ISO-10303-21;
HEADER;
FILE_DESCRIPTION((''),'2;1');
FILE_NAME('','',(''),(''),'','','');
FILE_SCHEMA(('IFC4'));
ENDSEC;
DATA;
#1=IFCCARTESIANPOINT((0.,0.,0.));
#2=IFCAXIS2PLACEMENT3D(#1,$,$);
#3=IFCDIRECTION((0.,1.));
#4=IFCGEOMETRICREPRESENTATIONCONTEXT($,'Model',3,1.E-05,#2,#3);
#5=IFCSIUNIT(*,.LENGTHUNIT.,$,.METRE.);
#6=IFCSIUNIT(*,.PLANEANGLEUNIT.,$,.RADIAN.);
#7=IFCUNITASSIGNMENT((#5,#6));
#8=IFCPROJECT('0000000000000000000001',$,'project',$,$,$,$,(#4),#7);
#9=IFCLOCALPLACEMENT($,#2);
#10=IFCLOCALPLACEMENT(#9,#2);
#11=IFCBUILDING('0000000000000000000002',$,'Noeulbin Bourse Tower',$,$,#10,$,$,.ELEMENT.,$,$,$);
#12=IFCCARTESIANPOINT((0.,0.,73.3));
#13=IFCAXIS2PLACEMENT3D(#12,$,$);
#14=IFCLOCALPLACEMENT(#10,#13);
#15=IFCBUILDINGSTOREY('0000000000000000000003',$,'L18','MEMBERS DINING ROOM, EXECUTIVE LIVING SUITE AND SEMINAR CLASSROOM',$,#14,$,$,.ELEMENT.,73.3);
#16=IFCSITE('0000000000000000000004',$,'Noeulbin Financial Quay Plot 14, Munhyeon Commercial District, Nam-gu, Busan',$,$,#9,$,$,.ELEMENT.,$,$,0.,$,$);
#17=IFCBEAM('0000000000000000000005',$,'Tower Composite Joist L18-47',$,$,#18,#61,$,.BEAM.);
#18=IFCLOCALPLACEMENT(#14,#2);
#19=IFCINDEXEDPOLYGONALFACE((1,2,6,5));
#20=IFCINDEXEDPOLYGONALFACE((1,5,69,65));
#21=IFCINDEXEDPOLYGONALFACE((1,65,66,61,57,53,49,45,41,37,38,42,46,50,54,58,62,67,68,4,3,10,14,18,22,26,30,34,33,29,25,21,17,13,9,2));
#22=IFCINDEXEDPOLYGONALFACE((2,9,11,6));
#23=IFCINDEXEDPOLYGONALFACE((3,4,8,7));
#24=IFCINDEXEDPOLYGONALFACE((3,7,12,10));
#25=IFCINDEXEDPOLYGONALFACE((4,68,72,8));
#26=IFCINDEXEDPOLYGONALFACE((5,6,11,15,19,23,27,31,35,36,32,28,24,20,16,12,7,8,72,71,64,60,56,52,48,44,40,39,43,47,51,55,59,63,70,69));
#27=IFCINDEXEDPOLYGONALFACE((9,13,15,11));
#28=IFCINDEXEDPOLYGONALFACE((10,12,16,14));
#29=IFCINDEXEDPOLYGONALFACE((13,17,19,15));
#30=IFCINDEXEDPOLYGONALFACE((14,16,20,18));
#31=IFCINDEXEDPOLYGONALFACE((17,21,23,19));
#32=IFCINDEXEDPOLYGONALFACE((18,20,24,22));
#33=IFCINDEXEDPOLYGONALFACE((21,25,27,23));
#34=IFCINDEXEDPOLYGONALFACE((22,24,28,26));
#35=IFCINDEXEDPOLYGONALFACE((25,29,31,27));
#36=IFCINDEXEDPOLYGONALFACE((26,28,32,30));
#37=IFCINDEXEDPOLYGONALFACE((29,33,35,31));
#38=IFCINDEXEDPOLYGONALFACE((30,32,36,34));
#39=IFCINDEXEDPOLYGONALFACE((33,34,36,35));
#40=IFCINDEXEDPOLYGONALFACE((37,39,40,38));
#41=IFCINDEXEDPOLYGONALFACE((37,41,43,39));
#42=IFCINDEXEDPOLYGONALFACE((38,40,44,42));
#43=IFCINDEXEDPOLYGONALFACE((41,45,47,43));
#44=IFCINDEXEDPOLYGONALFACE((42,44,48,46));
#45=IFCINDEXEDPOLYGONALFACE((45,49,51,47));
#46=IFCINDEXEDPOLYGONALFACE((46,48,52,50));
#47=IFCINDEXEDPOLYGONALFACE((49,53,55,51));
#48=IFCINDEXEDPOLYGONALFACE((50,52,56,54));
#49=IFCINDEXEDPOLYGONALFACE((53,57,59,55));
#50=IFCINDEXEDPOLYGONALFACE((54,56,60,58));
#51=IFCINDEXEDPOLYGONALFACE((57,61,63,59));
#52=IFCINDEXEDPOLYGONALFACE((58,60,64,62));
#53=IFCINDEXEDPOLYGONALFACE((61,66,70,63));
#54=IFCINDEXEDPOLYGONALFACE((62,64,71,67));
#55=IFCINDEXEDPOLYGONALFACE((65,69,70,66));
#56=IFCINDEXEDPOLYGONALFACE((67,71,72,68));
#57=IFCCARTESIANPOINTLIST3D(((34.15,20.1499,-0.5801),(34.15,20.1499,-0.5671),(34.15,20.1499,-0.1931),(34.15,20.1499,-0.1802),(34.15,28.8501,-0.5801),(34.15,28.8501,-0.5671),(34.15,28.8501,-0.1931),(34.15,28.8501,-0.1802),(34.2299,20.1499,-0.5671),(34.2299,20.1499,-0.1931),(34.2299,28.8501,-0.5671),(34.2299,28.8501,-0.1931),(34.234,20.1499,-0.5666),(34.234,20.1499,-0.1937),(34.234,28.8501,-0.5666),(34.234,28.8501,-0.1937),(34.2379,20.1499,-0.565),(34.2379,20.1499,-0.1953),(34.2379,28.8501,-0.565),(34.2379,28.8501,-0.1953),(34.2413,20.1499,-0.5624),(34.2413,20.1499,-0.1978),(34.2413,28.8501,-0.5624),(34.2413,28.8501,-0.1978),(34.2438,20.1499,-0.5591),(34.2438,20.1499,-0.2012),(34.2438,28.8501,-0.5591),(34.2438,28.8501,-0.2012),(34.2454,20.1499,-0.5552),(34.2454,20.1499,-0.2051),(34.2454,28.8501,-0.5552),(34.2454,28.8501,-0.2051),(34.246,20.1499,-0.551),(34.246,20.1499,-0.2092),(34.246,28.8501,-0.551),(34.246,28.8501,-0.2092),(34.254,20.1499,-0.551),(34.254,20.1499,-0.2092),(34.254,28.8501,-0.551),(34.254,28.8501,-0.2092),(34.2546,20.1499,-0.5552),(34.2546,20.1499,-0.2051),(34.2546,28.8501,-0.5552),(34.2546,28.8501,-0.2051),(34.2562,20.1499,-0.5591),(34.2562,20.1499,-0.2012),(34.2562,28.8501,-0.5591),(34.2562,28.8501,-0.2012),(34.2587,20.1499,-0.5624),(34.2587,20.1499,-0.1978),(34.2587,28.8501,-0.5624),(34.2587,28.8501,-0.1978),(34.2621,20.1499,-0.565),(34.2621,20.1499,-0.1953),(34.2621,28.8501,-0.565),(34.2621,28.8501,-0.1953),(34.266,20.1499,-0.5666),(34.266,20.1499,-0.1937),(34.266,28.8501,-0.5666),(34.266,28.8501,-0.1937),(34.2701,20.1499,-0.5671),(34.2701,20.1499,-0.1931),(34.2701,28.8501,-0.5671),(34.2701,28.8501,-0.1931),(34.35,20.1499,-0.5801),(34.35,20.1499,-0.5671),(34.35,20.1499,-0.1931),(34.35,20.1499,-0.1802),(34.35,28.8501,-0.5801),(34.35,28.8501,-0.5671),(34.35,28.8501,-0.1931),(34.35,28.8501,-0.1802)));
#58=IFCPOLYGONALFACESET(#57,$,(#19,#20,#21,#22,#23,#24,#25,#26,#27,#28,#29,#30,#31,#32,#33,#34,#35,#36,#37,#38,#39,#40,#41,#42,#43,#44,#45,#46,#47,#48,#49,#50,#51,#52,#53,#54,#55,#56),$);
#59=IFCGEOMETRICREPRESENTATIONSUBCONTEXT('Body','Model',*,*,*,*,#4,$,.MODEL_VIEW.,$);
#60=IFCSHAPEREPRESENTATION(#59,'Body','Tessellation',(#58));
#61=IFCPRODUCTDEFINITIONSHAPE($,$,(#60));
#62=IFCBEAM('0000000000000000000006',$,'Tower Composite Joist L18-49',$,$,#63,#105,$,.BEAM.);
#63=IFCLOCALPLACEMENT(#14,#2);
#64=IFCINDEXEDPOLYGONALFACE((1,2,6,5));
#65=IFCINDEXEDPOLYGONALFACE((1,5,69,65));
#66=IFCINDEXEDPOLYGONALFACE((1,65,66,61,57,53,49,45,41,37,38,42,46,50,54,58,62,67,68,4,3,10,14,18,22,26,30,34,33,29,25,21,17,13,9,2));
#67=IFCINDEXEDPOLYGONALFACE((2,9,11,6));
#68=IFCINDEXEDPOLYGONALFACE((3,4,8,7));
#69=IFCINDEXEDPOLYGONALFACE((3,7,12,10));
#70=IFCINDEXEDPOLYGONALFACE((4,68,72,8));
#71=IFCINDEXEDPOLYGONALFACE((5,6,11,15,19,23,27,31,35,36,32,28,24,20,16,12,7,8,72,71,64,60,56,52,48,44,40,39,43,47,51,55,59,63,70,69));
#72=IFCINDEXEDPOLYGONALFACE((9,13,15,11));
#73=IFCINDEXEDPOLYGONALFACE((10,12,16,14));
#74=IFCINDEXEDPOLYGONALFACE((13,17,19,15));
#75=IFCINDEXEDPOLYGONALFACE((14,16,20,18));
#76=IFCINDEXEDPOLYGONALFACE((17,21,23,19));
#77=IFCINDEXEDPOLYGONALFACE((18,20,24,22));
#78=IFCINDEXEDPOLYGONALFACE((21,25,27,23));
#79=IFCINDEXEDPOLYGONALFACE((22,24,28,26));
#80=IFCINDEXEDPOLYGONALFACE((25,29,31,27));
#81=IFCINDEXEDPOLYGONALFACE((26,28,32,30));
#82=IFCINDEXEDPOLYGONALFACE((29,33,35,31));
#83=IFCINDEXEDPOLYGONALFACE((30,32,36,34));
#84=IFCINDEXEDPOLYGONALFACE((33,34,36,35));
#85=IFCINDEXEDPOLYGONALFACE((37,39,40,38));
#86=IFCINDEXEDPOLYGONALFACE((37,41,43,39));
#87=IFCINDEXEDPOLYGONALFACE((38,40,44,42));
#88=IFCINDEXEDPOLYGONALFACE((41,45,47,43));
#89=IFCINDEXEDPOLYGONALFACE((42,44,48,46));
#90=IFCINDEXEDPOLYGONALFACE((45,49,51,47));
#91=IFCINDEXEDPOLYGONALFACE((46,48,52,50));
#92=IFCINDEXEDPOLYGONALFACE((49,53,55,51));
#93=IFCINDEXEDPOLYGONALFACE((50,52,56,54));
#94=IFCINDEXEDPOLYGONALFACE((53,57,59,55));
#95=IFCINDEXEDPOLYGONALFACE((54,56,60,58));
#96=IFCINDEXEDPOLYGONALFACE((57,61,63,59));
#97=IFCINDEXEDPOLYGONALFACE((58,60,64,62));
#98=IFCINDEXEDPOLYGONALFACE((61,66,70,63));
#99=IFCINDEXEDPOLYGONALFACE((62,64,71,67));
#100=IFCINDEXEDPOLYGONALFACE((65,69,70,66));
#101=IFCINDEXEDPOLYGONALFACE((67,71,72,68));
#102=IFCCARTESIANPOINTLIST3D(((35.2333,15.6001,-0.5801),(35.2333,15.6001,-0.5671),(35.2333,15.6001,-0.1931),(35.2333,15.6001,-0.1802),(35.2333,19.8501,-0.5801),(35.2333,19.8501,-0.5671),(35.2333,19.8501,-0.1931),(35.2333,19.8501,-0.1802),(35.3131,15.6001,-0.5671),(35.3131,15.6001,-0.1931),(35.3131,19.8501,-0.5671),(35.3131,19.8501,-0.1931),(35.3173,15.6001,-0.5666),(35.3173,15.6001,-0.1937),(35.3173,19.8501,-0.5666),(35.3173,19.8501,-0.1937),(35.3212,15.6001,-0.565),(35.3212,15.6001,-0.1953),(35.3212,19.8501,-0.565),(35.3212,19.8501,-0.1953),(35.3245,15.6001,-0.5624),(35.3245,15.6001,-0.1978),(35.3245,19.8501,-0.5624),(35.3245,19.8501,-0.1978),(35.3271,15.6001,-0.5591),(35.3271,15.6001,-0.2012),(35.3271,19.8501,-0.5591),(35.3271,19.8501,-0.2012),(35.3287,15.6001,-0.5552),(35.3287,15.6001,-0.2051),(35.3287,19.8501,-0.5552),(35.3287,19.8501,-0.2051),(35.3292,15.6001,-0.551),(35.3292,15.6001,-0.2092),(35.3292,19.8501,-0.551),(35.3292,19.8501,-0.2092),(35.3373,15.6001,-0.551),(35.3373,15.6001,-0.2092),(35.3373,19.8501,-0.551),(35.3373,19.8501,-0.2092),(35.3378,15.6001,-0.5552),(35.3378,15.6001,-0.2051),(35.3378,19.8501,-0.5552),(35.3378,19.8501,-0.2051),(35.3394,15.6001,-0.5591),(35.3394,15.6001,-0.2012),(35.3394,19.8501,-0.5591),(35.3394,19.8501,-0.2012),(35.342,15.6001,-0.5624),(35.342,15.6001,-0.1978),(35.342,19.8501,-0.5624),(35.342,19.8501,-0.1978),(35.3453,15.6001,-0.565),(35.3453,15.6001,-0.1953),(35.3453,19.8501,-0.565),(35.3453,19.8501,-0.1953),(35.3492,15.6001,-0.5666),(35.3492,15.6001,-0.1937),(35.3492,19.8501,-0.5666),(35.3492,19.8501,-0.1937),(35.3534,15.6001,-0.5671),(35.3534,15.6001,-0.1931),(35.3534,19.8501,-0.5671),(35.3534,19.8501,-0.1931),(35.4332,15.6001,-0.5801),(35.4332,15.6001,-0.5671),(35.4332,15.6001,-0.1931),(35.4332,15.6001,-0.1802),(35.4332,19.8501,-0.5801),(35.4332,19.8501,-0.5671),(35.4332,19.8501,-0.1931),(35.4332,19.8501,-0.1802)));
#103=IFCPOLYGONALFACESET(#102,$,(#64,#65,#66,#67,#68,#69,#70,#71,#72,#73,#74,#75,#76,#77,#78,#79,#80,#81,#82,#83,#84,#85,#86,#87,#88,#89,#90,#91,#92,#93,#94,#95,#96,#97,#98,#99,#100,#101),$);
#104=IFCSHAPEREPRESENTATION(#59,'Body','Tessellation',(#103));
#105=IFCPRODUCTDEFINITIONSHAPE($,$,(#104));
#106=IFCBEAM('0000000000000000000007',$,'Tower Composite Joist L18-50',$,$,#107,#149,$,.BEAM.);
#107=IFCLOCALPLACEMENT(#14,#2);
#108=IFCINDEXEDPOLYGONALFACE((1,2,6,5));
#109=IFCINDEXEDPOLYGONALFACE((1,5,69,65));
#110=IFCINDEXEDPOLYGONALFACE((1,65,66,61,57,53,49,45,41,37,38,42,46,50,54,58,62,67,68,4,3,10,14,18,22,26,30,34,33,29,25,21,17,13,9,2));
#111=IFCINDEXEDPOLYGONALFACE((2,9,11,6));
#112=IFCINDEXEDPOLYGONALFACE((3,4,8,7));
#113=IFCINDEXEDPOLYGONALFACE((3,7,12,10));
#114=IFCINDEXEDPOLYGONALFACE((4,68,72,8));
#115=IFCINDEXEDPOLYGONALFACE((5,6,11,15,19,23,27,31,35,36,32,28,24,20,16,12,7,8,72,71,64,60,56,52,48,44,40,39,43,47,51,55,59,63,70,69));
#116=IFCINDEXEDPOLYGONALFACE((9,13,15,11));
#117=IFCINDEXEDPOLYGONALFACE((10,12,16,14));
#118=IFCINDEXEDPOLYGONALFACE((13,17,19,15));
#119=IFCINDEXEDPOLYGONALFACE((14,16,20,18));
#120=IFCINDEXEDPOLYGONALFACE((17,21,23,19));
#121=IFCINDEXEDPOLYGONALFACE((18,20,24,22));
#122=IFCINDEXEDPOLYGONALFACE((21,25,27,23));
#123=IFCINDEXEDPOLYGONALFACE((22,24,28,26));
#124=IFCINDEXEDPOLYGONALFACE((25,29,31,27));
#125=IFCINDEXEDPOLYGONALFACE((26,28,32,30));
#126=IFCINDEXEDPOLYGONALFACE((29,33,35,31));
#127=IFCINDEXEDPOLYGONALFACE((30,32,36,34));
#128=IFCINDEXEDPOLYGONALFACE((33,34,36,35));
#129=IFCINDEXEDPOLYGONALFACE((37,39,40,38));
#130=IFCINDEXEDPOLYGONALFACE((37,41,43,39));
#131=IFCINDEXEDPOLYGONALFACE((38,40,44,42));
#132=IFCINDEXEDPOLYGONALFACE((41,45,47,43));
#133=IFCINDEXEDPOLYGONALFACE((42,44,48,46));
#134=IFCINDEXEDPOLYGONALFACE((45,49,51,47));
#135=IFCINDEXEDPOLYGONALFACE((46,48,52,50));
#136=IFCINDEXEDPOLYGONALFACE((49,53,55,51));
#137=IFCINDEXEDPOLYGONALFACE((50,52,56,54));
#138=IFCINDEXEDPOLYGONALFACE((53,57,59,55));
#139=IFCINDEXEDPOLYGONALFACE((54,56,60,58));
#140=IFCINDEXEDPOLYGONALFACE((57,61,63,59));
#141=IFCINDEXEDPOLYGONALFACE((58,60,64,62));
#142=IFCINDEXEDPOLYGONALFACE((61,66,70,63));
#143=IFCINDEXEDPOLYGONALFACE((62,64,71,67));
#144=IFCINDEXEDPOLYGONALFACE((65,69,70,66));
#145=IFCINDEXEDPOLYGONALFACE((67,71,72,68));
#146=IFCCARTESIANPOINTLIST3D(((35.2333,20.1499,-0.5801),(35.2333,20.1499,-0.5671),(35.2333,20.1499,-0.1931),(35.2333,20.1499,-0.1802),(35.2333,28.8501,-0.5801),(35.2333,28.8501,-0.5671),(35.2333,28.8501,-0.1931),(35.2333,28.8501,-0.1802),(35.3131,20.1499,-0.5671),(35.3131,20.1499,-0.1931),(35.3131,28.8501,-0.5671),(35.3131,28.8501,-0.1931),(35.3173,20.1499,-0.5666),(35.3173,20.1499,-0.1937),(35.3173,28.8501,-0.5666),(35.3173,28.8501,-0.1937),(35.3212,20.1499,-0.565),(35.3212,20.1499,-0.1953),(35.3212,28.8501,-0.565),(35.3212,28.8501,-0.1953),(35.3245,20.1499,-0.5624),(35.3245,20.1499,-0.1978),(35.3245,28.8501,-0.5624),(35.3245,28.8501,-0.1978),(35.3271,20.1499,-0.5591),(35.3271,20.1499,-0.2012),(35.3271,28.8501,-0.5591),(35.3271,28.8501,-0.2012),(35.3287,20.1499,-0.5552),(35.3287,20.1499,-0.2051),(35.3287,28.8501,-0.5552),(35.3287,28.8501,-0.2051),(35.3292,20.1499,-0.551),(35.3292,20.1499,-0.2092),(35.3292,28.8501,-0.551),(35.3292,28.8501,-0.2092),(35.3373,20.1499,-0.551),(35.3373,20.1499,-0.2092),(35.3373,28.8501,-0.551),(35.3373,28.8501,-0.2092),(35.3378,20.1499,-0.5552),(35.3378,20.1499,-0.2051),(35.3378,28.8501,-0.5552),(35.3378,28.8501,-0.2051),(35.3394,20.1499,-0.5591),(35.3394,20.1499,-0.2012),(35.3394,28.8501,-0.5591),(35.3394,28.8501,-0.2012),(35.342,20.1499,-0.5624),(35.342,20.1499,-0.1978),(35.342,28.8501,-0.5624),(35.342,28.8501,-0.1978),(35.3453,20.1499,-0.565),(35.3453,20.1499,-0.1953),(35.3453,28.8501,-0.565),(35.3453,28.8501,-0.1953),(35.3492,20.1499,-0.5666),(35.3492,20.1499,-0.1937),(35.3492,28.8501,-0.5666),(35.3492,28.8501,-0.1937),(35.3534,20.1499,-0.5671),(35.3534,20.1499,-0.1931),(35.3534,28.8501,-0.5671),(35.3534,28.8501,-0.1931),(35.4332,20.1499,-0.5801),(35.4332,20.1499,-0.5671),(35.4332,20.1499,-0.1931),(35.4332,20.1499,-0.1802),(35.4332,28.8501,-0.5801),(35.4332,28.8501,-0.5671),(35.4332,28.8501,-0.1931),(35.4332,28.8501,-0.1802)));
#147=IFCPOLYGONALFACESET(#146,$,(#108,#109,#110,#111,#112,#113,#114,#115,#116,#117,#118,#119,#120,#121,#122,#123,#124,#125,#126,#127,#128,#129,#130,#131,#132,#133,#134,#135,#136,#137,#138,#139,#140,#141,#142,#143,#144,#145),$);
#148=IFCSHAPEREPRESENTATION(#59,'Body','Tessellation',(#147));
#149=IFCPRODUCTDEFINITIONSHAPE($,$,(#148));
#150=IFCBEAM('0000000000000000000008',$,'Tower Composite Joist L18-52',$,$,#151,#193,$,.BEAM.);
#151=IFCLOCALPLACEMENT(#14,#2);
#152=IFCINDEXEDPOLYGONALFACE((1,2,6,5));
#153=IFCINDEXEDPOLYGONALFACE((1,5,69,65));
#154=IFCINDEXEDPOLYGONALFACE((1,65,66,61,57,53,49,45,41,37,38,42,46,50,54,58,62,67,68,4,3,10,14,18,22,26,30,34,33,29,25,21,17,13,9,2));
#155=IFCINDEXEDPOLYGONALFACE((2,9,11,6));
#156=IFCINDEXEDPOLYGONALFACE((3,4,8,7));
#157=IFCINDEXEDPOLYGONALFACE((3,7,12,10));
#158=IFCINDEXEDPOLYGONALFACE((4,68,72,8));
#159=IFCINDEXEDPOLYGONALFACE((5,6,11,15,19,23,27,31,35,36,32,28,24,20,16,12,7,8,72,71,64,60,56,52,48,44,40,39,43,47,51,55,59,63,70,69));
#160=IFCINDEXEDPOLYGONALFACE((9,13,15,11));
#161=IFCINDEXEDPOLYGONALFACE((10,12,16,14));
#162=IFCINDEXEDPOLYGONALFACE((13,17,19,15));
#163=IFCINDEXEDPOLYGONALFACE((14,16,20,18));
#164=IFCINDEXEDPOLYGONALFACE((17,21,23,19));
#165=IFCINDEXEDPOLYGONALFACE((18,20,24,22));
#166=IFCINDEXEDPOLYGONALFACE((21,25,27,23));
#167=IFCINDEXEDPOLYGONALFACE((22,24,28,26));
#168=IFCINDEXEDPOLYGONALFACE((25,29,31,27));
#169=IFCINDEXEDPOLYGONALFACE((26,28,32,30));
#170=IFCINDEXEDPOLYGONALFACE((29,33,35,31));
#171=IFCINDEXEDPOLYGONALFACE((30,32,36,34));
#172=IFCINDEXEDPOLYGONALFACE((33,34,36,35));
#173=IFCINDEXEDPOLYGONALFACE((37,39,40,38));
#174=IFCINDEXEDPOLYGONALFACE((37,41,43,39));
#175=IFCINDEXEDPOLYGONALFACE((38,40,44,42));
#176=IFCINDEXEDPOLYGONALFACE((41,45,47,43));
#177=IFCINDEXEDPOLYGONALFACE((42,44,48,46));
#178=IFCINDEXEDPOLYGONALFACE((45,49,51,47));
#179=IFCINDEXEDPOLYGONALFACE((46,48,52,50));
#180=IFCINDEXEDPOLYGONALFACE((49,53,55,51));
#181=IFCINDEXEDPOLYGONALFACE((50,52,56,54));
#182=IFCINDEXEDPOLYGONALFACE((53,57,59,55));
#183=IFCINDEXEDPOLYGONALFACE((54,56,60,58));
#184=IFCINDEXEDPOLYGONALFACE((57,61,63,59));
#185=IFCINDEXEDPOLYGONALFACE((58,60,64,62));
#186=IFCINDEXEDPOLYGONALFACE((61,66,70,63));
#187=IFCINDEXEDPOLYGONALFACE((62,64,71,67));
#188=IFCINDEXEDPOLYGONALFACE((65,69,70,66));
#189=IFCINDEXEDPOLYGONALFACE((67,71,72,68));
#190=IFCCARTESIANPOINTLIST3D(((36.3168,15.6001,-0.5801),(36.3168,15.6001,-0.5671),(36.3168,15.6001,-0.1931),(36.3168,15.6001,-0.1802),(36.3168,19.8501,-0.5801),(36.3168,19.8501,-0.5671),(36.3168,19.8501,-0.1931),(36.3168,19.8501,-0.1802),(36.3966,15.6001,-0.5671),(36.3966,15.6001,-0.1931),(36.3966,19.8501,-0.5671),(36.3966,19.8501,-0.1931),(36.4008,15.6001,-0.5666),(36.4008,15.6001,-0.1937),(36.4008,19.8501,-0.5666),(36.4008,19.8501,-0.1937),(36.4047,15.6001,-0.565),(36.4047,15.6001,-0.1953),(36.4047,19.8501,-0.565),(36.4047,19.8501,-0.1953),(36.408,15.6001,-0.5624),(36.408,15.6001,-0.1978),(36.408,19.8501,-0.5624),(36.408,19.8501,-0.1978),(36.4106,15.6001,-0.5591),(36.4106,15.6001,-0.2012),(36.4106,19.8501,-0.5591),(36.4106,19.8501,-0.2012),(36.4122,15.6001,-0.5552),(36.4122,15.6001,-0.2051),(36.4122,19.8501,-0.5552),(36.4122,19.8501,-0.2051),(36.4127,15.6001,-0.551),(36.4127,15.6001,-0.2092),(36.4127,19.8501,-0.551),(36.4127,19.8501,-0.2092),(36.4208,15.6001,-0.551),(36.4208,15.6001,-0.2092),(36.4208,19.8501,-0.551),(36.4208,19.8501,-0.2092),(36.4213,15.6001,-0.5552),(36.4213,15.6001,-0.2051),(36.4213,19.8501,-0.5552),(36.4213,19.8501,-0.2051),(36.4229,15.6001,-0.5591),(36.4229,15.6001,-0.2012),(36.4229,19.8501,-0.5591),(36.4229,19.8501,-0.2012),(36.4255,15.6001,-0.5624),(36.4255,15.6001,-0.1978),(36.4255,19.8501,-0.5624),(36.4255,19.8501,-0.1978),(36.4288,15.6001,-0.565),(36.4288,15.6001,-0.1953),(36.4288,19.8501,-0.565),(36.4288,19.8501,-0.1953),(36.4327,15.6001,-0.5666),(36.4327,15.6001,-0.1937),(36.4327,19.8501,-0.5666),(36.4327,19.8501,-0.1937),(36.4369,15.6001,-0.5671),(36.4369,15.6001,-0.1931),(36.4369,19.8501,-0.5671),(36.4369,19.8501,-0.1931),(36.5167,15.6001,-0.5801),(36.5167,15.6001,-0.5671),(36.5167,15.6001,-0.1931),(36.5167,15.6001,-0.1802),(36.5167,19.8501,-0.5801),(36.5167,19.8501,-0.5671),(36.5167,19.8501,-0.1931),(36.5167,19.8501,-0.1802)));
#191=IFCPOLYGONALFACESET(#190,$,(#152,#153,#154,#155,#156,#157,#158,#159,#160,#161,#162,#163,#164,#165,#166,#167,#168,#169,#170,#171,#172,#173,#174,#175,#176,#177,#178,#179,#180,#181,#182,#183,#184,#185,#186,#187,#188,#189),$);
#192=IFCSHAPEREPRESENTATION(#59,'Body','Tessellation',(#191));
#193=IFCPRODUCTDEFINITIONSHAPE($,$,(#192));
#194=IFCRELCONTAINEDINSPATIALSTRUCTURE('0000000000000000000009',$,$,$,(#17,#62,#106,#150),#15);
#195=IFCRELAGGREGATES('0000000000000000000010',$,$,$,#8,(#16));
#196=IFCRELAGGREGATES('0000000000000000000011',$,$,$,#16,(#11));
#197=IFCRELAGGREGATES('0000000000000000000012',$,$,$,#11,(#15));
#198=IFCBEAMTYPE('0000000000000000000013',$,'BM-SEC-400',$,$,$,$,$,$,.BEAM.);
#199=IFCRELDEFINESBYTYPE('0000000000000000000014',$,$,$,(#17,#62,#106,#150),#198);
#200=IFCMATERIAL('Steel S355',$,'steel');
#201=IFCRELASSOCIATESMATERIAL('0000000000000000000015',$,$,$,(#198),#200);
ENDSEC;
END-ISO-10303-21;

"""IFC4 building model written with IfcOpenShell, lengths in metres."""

from ifc_helpers import new_model, si_unit, direction, frame, origin, origin_2d, place, context, subcontext, project, spatial, i_section, extrude, material, material_profile, profile_set, type_object, element, save


model = new_model("IFC4")

# Units and contexts
model_context = context("Model", 3, precision=1e-05, world=origin(), true_north=direction((0.0, 1.0)))
body_context = subcontext(model_context, "Body", "Model", "MODEL_VIEW")
ifc_project = project(units=[si_unit("LENGTHUNIT", "METRE"), si_unit("PLANEANGLEUNIT", "RADIAN")], contexts=[model_context])

# Site, building, storey
site_placement = place(None, origin())
site = spatial("IfcSite", under=ifc_project, at=site_placement, Name="Noeulbin Financial Quay Plot 14, Munhyeon Commercial District, Nam-gu, Busan", CompositionType="ELEMENT", RefElevation=0.0)
building_placement = place(site_placement, origin())
building = spatial("IfcBuilding", under=site, at=building_placement, Name="Noeulbin Bourse Tower", CompositionType="ELEMENT")
storey_placement = place(building_placement, frame((0.0, 0.0, 73.3)))
storey = spatial("IfcBuildingStorey", under=building, at=storey_placement, Name="L18", Description="MEMBERS DINING ROOM, EXECUTIVE LIVING SUITE AND SEMINAR CLASSROOM", CompositionType="ELEMENT", Elevation=73.3)

# Beams
ifc_material_1 = material(Name="Steel S355", Category="steel")
ifc_material_profile_1 = material_profile(ifc_material_1, i_section(OverallWidth=0.2, OverallDepth=0.3999, WebThickness=0.0081, FlangeThickness=0.0129, FilletRadius=0.0161, at=origin_2d()), Name="H-400x200x8x13", Category="LoadBearing")
ifc_profile_set_1 = profile_set([ifc_material_profile_1], Name="Steel S355")
beam_type_1 = type_object("IfcBeamType", Name="BM-SEC-400", PredefinedType="BEAM", material=ifc_profile_set_1)
beam_1_placement = place(storey_placement, frame((34.25, 20.1499, -0.3801), z_axis=(0.0, 1.0, 0.0), x_axis=(-1.0, 0.0, 0.0)))
element("IfcBeam", 1, at=beam_1_placement, inside=storey, type_object=beam_type_1, Name="Tower Composite Joist L18-47", PredefinedType="BEAM", context=body_context, shape_type="SweptSolid", body=[
    extrude(i_section(OverallWidth=0.2, OverallDepth=0.3999, WebThickness=0.0081, FlangeThickness=0.0129, FilletRadius=0.0161, at=origin_2d()), origin(), (0.0, 0.0, 1.0), 8.7002),
])
beam_2_placement = place(storey_placement, frame((35.3333, 15.6001, -0.3801), z_axis=(0.0, 1.0, 0.0), x_axis=(-1.0, 0.0, 0.0)))
element("IfcBeam", 2, at=beam_2_placement, inside=storey, type_object=beam_type_1, Name="Tower Composite Joist L18-49", PredefinedType="BEAM", context=body_context, shape_type="SweptSolid", body=[
    extrude(i_section(OverallWidth=0.2, OverallDepth=0.3999, WebThickness=0.0081, FlangeThickness=0.0129, FilletRadius=0.0161, at=origin_2d()), origin(), (0.0, 0.0, 1.0), 4.25),
])
beam_3_placement = place(storey_placement, frame((35.3333, 20.1499, -0.3801), z_axis=(0.0, 1.0, 0.0), x_axis=(-1.0, 0.0, 0.0)))
element("IfcBeam", 3, at=beam_3_placement, inside=storey, type_object=beam_type_1, Name="Tower Composite Joist L18-50", PredefinedType="BEAM", context=body_context, shape_type="SweptSolid", body=[
    extrude(i_section(OverallWidth=0.2, OverallDepth=0.3999, WebThickness=0.0081, FlangeThickness=0.0129, FilletRadius=0.0161, at=origin_2d()), origin(), (0.0, 0.0, 1.0), 8.7002),
])
beam_4_placement = place(storey_placement, frame((36.4167, 15.6001, -0.3801), z_axis=(0.0, 1.0, 0.0), x_axis=(-1.0, 0.0, 0.0)))
element("IfcBeam", 4, at=beam_4_placement, inside=storey, type_object=beam_type_1, Name="Tower Composite Joist L18-52", PredefinedType="BEAM", context=body_context, shape_type="SweptSolid", body=[
    extrude(i_section(OverallWidth=0.2, OverallDepth=0.3999, WebThickness=0.0081, FlangeThickness=0.0129, FilletRadius=0.0161, at=origin_2d()), origin(), (0.0, 0.0, 1.0), 4.25),
])

save(model, "model.ifc")
